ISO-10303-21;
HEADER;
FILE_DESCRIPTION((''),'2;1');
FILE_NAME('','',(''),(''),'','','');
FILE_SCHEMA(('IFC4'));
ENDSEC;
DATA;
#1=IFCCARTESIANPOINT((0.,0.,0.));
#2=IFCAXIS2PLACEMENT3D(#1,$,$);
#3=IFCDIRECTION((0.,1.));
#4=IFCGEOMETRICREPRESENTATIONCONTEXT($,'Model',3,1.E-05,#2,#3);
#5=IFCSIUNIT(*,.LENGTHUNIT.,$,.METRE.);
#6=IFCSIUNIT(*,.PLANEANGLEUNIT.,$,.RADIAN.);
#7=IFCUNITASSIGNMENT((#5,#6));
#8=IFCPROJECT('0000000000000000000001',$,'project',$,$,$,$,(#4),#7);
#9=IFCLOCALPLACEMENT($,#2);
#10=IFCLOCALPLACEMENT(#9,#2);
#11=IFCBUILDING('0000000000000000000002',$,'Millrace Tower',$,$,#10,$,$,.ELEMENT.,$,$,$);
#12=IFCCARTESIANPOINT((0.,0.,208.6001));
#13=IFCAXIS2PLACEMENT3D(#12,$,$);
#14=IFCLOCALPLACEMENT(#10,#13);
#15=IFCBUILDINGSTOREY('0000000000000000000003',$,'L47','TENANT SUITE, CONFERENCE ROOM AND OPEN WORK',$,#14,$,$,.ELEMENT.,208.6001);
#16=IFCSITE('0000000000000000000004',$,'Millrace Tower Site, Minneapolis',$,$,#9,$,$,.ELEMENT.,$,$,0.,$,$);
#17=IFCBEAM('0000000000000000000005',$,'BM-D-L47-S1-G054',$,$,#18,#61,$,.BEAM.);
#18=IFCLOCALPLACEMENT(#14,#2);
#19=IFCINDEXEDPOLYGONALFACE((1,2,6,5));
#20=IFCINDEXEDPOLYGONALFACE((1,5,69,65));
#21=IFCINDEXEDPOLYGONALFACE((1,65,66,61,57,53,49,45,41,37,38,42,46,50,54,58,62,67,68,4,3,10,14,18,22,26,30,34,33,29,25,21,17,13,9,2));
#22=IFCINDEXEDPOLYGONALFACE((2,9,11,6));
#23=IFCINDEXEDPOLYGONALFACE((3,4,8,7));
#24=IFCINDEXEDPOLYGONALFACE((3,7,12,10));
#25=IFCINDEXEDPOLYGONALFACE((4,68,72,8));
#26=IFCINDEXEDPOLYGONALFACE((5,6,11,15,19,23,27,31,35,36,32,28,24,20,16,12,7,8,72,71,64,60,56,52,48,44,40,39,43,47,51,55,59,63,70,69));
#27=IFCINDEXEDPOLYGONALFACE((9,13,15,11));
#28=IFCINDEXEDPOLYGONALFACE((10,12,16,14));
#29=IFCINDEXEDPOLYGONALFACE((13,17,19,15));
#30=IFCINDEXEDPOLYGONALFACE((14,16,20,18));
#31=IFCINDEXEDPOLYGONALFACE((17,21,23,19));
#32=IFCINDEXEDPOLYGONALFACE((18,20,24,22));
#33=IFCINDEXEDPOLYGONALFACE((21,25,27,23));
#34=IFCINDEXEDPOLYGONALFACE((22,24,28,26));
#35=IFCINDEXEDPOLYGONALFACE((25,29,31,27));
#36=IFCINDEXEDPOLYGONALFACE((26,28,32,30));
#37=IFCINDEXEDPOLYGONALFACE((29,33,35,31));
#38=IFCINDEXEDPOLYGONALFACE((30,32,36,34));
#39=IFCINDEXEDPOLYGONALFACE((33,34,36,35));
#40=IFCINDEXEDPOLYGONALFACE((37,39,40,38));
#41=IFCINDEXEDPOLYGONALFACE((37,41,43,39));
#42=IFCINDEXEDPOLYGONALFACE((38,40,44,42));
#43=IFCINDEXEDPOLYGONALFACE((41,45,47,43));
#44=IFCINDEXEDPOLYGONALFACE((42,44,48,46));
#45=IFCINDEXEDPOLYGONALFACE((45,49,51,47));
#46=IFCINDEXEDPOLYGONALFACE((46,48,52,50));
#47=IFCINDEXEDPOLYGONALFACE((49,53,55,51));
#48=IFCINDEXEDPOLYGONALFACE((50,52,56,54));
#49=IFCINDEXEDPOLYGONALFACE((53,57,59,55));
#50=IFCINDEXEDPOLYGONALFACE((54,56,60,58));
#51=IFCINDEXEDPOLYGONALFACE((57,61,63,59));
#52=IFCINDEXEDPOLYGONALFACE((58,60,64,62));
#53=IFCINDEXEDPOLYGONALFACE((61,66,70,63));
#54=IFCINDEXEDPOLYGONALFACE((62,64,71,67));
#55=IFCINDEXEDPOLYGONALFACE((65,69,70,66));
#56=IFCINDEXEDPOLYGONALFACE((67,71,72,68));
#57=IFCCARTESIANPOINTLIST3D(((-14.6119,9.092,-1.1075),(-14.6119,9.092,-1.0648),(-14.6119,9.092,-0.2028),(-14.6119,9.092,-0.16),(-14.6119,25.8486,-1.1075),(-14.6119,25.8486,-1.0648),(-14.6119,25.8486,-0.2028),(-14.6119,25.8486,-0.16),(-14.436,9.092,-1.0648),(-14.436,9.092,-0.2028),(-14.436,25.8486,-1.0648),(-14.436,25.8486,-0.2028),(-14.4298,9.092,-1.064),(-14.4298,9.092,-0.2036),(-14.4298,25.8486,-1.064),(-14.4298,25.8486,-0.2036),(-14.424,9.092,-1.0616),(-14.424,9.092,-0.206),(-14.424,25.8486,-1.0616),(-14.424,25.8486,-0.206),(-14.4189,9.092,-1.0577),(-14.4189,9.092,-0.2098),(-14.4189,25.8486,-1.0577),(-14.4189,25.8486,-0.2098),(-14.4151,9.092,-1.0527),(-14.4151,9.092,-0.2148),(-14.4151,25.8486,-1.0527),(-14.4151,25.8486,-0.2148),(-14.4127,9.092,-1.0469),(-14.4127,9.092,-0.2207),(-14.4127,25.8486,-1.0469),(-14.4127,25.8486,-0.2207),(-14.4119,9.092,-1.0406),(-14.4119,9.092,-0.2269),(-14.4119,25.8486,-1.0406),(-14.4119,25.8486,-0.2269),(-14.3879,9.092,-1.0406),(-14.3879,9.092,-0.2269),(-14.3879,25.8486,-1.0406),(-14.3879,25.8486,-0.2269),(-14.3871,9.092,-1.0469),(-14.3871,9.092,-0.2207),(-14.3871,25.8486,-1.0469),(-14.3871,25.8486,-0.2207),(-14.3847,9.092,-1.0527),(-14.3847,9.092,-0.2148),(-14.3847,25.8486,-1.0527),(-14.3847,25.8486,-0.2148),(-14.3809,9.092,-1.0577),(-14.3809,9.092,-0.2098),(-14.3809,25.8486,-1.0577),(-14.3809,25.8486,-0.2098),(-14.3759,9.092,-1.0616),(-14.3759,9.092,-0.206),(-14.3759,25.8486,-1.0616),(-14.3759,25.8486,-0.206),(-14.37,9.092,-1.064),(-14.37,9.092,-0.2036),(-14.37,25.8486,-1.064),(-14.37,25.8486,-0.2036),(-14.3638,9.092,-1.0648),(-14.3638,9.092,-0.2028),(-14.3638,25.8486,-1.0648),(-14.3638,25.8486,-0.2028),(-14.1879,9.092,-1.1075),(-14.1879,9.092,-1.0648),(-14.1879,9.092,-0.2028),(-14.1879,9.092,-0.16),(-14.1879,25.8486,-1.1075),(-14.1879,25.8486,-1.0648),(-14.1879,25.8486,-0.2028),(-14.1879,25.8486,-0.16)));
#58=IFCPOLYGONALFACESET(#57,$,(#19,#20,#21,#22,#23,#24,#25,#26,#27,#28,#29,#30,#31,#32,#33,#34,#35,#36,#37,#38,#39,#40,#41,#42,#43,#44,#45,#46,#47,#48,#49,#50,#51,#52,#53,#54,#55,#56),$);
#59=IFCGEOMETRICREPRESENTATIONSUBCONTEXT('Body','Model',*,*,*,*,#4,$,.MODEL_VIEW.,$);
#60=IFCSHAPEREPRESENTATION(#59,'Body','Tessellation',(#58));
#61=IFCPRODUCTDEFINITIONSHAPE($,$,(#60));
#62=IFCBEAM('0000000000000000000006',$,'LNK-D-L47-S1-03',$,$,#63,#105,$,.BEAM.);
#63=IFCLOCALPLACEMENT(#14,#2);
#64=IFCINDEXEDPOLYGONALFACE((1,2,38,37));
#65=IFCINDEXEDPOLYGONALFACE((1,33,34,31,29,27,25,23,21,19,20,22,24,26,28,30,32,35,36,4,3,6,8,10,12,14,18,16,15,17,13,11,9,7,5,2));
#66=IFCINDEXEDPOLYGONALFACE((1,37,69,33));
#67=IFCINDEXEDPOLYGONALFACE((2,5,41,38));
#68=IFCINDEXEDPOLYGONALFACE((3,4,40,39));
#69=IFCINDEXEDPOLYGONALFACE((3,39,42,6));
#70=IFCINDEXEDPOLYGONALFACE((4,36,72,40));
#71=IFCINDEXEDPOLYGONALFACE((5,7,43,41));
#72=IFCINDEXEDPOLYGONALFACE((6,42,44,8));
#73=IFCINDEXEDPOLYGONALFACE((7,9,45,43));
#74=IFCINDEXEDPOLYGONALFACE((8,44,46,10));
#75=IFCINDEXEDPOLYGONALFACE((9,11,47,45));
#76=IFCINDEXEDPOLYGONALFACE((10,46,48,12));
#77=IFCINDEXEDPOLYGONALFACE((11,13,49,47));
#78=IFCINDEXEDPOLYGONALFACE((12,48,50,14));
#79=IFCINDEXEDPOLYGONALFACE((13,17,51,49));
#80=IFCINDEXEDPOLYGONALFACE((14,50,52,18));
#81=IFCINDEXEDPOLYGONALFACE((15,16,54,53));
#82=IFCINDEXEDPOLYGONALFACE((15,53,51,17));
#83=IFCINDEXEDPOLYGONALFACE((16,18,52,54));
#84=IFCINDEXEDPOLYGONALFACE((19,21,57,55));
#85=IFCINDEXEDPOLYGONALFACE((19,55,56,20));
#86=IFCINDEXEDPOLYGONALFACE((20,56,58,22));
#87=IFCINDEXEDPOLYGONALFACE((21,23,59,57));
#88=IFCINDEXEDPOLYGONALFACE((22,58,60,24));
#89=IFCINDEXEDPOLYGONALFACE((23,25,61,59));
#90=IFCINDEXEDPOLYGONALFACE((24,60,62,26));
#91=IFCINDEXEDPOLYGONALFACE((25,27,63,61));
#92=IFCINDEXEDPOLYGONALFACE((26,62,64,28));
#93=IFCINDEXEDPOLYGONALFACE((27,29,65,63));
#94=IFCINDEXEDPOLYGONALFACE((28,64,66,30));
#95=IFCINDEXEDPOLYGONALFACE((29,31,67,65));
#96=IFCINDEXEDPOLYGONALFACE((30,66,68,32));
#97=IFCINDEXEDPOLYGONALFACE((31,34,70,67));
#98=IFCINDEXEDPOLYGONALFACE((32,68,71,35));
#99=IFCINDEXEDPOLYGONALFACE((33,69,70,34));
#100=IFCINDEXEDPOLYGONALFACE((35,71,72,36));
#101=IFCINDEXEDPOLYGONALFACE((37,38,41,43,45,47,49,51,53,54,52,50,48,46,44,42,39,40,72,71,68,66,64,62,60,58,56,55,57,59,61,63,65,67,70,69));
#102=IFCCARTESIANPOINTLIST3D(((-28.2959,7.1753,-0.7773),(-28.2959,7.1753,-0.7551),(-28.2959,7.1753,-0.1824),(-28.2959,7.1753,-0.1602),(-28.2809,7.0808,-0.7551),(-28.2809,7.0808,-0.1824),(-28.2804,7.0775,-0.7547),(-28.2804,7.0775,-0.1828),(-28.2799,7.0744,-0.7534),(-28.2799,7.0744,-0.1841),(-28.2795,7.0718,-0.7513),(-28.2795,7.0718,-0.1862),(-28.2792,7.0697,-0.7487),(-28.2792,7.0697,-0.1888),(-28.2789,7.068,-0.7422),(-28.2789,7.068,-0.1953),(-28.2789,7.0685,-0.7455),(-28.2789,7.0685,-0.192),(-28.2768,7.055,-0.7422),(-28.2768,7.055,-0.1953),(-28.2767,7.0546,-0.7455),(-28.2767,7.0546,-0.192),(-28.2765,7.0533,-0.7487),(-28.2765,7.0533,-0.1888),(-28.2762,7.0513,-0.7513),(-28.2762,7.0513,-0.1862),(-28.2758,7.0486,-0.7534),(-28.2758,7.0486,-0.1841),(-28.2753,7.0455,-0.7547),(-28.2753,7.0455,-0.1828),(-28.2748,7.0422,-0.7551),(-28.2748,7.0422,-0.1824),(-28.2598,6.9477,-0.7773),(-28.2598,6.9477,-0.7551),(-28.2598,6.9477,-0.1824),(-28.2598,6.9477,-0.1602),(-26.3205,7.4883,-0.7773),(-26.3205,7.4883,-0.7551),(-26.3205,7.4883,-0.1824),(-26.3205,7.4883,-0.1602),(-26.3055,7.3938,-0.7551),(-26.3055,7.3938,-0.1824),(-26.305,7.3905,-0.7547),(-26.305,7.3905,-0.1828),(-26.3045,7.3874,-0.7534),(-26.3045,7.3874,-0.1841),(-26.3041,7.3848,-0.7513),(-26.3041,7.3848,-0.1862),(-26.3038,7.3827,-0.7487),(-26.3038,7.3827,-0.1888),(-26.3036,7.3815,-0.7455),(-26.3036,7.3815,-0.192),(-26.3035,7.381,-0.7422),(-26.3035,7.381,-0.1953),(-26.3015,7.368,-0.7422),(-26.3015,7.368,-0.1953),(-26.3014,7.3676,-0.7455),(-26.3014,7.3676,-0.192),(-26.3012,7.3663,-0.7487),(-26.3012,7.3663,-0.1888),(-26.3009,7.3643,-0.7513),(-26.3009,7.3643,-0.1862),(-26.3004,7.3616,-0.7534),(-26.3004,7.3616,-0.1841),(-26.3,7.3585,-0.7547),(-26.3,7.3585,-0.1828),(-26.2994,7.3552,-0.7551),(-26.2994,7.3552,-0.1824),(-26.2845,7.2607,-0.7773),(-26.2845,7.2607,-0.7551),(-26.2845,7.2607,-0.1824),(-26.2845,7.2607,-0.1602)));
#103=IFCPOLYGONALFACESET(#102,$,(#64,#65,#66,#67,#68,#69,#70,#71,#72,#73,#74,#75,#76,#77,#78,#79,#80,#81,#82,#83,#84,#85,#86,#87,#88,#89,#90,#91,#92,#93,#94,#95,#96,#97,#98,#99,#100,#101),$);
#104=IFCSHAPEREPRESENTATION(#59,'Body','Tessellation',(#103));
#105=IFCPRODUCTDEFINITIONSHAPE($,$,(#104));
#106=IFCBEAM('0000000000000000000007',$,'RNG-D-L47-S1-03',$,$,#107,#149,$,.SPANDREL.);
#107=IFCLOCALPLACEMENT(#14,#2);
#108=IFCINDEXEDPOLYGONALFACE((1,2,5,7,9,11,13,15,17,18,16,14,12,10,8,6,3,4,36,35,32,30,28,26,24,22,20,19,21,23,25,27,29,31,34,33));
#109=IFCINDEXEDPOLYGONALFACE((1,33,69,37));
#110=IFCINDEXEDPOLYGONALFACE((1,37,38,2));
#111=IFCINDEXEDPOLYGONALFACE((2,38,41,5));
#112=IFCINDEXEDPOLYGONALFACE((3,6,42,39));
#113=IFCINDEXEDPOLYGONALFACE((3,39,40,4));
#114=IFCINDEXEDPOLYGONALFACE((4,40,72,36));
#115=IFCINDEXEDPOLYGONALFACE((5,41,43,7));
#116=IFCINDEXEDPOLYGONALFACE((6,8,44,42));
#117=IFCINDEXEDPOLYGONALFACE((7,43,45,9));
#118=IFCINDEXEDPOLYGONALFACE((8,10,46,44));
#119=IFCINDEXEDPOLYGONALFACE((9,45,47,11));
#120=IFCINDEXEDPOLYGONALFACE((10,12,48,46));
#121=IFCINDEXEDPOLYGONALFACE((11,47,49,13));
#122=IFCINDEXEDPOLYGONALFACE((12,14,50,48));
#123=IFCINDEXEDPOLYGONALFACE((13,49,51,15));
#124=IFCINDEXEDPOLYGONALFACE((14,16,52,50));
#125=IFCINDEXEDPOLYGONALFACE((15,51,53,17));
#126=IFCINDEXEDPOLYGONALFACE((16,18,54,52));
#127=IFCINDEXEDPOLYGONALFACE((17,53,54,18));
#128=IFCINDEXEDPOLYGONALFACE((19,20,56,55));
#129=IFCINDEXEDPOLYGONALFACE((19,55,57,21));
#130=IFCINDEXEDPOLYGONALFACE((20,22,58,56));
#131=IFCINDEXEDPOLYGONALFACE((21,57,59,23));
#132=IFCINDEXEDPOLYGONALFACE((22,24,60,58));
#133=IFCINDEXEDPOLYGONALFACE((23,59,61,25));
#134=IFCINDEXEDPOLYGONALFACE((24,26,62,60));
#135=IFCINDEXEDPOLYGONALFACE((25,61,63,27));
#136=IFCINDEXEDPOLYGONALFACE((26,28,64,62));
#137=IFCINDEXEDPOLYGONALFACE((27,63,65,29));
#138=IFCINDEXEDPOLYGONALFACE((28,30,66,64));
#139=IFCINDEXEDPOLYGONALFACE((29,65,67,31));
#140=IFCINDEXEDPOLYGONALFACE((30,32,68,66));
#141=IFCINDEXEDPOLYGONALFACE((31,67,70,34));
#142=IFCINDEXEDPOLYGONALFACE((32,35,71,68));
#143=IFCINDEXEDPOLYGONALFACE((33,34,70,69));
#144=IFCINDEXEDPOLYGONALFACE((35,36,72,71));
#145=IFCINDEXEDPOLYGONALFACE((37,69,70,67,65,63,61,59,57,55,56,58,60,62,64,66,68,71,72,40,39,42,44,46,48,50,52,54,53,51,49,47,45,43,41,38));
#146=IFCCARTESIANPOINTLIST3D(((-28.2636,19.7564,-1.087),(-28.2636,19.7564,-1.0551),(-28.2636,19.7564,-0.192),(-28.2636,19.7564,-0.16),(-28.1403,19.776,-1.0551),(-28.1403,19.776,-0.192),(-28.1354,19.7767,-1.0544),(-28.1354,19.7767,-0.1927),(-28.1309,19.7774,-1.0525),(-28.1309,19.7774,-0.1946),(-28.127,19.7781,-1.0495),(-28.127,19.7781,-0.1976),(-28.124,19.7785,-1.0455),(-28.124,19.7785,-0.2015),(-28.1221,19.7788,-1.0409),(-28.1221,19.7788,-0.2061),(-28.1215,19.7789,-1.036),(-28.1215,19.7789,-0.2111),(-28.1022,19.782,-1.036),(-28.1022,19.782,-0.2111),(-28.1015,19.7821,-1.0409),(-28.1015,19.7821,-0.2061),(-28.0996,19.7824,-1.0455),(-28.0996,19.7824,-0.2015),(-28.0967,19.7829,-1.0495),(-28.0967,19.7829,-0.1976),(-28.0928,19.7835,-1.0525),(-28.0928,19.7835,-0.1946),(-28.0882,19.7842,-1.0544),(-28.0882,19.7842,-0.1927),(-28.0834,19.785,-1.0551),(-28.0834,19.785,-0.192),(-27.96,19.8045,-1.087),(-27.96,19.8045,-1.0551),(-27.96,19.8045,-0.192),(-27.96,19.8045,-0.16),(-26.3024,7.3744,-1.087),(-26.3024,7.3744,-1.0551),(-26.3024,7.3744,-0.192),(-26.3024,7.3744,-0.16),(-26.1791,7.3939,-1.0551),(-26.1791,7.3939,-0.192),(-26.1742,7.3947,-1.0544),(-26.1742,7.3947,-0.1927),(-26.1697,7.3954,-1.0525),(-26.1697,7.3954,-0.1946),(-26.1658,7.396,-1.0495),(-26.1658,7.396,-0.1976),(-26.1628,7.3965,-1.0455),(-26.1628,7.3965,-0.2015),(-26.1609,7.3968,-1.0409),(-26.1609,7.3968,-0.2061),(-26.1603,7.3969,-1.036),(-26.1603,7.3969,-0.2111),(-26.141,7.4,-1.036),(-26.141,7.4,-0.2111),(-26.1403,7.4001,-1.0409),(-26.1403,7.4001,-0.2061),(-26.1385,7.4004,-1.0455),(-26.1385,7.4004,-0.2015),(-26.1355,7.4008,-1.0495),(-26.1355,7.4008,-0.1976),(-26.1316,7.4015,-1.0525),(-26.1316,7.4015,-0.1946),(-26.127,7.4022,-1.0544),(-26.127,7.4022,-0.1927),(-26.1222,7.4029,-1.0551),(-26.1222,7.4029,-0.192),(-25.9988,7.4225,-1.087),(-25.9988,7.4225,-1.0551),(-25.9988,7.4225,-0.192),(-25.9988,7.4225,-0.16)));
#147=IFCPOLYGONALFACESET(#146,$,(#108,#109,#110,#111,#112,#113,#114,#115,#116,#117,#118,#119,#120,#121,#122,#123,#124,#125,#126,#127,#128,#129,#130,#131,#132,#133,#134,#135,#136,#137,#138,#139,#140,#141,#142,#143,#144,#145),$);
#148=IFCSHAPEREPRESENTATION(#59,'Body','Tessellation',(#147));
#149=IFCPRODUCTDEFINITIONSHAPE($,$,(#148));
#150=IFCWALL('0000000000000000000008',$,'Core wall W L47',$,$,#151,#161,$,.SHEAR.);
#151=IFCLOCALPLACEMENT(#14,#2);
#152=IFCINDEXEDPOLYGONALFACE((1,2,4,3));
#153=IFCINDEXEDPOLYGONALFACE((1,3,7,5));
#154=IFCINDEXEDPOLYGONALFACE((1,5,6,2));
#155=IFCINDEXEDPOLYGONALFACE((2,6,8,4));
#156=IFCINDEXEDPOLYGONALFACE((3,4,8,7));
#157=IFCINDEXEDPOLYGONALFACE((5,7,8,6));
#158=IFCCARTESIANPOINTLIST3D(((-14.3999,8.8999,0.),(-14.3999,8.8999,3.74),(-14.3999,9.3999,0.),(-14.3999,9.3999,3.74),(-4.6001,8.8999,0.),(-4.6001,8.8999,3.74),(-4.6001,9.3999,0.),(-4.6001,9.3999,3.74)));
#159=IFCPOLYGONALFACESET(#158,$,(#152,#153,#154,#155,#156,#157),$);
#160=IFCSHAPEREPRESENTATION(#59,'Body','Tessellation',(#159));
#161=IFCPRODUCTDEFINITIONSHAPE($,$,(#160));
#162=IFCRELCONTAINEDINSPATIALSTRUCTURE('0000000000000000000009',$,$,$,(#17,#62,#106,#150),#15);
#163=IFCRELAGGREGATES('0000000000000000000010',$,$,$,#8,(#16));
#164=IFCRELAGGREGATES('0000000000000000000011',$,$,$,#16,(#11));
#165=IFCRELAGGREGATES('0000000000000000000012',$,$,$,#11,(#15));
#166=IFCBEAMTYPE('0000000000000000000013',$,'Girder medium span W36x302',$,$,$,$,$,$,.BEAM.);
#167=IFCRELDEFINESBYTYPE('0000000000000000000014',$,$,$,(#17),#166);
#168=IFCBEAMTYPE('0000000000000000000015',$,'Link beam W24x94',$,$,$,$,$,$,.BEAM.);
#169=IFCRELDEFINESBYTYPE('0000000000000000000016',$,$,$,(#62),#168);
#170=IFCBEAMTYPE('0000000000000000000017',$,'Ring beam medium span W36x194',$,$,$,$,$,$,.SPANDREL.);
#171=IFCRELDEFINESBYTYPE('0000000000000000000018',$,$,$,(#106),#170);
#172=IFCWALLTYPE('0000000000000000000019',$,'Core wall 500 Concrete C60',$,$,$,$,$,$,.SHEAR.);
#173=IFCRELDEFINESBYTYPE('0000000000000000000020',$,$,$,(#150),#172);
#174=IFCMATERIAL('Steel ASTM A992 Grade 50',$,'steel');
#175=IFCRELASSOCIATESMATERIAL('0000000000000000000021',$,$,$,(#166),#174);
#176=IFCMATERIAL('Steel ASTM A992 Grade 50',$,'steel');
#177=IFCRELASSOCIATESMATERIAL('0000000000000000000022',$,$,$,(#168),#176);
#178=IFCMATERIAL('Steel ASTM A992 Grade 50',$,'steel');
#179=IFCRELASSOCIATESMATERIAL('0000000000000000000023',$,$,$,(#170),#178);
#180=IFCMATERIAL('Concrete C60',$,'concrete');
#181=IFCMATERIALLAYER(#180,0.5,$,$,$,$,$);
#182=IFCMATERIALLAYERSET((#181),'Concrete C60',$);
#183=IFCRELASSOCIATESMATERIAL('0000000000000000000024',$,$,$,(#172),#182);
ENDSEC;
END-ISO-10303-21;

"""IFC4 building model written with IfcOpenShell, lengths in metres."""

from ifc_helpers import new_model, si_unit, direction, frame, frame_2d, origin, origin_2d, place, context, subcontext, project, spatial, rectangle, i_section, extrude, material, layer, layer_set, material_profile, profile_set, type_object, element, save


model = new_model("IFC4")

# Units and contexts
model_context = context("Model", 3, precision=1e-05, world=origin(), true_north=direction((0.0, 1.0)))
body_context = subcontext(model_context, "Body", "Model", "MODEL_VIEW")
ifc_project = project(units=[si_unit("LENGTHUNIT", "METRE"), si_unit("PLANEANGLEUNIT", "RADIAN")], contexts=[model_context])

# Site, building, storey
site_placement = place(None, origin())
site = spatial("IfcSite", under=ifc_project, at=site_placement, Name="Millrace Tower Site, Minneapolis", CompositionType="ELEMENT", RefElevation=0.0)
building_placement = place(site_placement, origin())
building = spatial("IfcBuilding", under=site, at=building_placement, Name="Millrace Tower", CompositionType="ELEMENT")
storey_placement = place(building_placement, frame((0.0, 0.0, 208.6001)))
storey = spatial("IfcBuildingStorey", under=building, at=storey_placement, Name="L47", Description="TENANT SUITE, CONFERENCE ROOM AND OPEN WORK", CompositionType="ELEMENT", Elevation=208.6001)

# Beams
ifc_material_1 = material(Name="Steel ASTM A992 Grade 50", Category="steel")
ifc_material_profile_1 = material_profile(ifc_material_1, i_section(OverallWidth=0.4241, OverallDepth=0.9475, WebThickness=0.0239, FlangeThickness=0.0427, FilletRadius=0.0242, at=origin_2d()))
ifc_profile_set_1 = profile_set([ifc_material_profile_1], Name="Steel ASTM A992 Grade 50")
beam_type_1 = type_object("IfcBeamType", Name="Girder medium span W36x302", PredefinedType="BEAM", material=ifc_profile_set_1)
beam_1_placement = place(storey_placement, frame((-14.3999, 9.092, -0.6338), z_axis=(0.0, 1.0, 0.0), x_axis=(-1.0, 0.0, 0.0)))
element("IfcBeam", 1, at=beam_1_placement, inside=storey, type_object=beam_type_1, Name="BM-D-L47-S1-G054", PredefinedType="BEAM", context=body_context, shape_type="SweptSolid", body=[
    extrude(i_section(OverallWidth=0.4241, OverallDepth=0.9475, WebThickness=0.0239, FlangeThickness=0.0427, FilletRadius=0.0242, at=origin_2d()), origin(), (0.0, 0.0, 1.0), 16.7566),
])
ifc_material_2 = material(Name="Steel ASTM A992 Grade 50", Category="steel")
ifc_material_profile_2 = material_profile(ifc_material_2, i_section(OverallWidth=0.2305, OverallDepth=0.6172, WebThickness=0.0132, FlangeThickness=0.0222, FilletRadius=0.0129, at=origin_2d()))
ifc_profile_set_2 = profile_set([ifc_material_profile_2], Name="Steel ASTM A992 Grade 50")
beam_type_2 = type_object("IfcBeamType", Name="Link beam W24x94", PredefinedType="BEAM", material=ifc_profile_set_2)
beam_2_placement = place(storey_placement, frame((-26.3025, 7.3745, -0.4688), z_axis=(-0.987679, -0.156495, 0.0), x_axis=(0.156495, -0.987679, 0.0)))
element("IfcBeam", 2, at=beam_2_placement, inside=storey, type_object=beam_type_2, Name="LNK-D-L47-S1-03", PredefinedType="BEAM", context=body_context, shape_type="SweptSolid", body=[
    extrude(i_section(OverallWidth=0.2305, OverallDepth=0.6172, WebThickness=0.0132, FlangeThickness=0.0222, FilletRadius=0.0129, at=origin_2d()), origin(), (0.0, 0.0, 1.0), 2.0),
])
ifc_material_3 = material(Name="Steel ASTM A992 Grade 50", Category="steel")
ifc_material_profile_3 = material_profile(ifc_material_3, i_section(OverallWidth=0.3074, OverallDepth=0.927, WebThickness=0.0195, FlangeThickness=0.032, FilletRadius=0.019, at=origin_2d()))
ifc_profile_set_3 = profile_set([ifc_material_profile_3], Name="Steel ASTM A992 Grade 50")
beam_type_3 = type_object("IfcBeamType", Name="Ring beam medium span W36x194", PredefinedType="SPANDREL", material=ifc_profile_set_3)
beam_3_placement = place(storey_placement, frame((-26.1506, 7.3984, -0.6235), z_axis=(-0.156439, 0.987688, 0.0), x_axis=(-0.987688, -0.156439, 0.0)))
element("IfcBeam", 3, at=beam_3_placement, inside=storey, type_object=beam_type_3, Name="RNG-D-L47-S1-03", PredefinedType="SPANDREL", context=body_context, shape_type="SweptSolid", body=[
    extrude(i_section(OverallWidth=0.3074, OverallDepth=0.927, WebThickness=0.0195, FlangeThickness=0.032, FilletRadius=0.019, at=origin_2d()), origin(), (0.0, 0.0, 1.0), 12.5364),
])

# Wall
ifc_material_4 = material(Name="Concrete C60", Category="concrete")
ifc_layer_1 = layer(ifc_material_4, 0.5)
ifc_layer_set_1 = layer_set([ifc_layer_1], Name="Concrete C60")
wall_type_1 = type_object("IfcWallType", Name="Core wall 500 Concrete C60", PredefinedType="SHEAR", material=ifc_layer_set_1)
wall_1_placement = place(storey_placement, frame((-14.3999, 9.1499, 0.0), z_axis=(0.0, 0.0, 1.0), x_axis=(1.0, 0.0, 0.0)))
element("IfcWall", 4, at=wall_1_placement, inside=storey, type_object=wall_type_1, Name="Core wall W L47", PredefinedType="SHEAR", context=body_context, shape_type="SweptSolid", body=[
    extrude(rectangle(XDim=9.7998, YDim=0.5, at=frame_2d((4.8999, 0.0))), origin(), (0.0, 0.0, 1.0), 3.74),
])

save(model, "model.ifc")
